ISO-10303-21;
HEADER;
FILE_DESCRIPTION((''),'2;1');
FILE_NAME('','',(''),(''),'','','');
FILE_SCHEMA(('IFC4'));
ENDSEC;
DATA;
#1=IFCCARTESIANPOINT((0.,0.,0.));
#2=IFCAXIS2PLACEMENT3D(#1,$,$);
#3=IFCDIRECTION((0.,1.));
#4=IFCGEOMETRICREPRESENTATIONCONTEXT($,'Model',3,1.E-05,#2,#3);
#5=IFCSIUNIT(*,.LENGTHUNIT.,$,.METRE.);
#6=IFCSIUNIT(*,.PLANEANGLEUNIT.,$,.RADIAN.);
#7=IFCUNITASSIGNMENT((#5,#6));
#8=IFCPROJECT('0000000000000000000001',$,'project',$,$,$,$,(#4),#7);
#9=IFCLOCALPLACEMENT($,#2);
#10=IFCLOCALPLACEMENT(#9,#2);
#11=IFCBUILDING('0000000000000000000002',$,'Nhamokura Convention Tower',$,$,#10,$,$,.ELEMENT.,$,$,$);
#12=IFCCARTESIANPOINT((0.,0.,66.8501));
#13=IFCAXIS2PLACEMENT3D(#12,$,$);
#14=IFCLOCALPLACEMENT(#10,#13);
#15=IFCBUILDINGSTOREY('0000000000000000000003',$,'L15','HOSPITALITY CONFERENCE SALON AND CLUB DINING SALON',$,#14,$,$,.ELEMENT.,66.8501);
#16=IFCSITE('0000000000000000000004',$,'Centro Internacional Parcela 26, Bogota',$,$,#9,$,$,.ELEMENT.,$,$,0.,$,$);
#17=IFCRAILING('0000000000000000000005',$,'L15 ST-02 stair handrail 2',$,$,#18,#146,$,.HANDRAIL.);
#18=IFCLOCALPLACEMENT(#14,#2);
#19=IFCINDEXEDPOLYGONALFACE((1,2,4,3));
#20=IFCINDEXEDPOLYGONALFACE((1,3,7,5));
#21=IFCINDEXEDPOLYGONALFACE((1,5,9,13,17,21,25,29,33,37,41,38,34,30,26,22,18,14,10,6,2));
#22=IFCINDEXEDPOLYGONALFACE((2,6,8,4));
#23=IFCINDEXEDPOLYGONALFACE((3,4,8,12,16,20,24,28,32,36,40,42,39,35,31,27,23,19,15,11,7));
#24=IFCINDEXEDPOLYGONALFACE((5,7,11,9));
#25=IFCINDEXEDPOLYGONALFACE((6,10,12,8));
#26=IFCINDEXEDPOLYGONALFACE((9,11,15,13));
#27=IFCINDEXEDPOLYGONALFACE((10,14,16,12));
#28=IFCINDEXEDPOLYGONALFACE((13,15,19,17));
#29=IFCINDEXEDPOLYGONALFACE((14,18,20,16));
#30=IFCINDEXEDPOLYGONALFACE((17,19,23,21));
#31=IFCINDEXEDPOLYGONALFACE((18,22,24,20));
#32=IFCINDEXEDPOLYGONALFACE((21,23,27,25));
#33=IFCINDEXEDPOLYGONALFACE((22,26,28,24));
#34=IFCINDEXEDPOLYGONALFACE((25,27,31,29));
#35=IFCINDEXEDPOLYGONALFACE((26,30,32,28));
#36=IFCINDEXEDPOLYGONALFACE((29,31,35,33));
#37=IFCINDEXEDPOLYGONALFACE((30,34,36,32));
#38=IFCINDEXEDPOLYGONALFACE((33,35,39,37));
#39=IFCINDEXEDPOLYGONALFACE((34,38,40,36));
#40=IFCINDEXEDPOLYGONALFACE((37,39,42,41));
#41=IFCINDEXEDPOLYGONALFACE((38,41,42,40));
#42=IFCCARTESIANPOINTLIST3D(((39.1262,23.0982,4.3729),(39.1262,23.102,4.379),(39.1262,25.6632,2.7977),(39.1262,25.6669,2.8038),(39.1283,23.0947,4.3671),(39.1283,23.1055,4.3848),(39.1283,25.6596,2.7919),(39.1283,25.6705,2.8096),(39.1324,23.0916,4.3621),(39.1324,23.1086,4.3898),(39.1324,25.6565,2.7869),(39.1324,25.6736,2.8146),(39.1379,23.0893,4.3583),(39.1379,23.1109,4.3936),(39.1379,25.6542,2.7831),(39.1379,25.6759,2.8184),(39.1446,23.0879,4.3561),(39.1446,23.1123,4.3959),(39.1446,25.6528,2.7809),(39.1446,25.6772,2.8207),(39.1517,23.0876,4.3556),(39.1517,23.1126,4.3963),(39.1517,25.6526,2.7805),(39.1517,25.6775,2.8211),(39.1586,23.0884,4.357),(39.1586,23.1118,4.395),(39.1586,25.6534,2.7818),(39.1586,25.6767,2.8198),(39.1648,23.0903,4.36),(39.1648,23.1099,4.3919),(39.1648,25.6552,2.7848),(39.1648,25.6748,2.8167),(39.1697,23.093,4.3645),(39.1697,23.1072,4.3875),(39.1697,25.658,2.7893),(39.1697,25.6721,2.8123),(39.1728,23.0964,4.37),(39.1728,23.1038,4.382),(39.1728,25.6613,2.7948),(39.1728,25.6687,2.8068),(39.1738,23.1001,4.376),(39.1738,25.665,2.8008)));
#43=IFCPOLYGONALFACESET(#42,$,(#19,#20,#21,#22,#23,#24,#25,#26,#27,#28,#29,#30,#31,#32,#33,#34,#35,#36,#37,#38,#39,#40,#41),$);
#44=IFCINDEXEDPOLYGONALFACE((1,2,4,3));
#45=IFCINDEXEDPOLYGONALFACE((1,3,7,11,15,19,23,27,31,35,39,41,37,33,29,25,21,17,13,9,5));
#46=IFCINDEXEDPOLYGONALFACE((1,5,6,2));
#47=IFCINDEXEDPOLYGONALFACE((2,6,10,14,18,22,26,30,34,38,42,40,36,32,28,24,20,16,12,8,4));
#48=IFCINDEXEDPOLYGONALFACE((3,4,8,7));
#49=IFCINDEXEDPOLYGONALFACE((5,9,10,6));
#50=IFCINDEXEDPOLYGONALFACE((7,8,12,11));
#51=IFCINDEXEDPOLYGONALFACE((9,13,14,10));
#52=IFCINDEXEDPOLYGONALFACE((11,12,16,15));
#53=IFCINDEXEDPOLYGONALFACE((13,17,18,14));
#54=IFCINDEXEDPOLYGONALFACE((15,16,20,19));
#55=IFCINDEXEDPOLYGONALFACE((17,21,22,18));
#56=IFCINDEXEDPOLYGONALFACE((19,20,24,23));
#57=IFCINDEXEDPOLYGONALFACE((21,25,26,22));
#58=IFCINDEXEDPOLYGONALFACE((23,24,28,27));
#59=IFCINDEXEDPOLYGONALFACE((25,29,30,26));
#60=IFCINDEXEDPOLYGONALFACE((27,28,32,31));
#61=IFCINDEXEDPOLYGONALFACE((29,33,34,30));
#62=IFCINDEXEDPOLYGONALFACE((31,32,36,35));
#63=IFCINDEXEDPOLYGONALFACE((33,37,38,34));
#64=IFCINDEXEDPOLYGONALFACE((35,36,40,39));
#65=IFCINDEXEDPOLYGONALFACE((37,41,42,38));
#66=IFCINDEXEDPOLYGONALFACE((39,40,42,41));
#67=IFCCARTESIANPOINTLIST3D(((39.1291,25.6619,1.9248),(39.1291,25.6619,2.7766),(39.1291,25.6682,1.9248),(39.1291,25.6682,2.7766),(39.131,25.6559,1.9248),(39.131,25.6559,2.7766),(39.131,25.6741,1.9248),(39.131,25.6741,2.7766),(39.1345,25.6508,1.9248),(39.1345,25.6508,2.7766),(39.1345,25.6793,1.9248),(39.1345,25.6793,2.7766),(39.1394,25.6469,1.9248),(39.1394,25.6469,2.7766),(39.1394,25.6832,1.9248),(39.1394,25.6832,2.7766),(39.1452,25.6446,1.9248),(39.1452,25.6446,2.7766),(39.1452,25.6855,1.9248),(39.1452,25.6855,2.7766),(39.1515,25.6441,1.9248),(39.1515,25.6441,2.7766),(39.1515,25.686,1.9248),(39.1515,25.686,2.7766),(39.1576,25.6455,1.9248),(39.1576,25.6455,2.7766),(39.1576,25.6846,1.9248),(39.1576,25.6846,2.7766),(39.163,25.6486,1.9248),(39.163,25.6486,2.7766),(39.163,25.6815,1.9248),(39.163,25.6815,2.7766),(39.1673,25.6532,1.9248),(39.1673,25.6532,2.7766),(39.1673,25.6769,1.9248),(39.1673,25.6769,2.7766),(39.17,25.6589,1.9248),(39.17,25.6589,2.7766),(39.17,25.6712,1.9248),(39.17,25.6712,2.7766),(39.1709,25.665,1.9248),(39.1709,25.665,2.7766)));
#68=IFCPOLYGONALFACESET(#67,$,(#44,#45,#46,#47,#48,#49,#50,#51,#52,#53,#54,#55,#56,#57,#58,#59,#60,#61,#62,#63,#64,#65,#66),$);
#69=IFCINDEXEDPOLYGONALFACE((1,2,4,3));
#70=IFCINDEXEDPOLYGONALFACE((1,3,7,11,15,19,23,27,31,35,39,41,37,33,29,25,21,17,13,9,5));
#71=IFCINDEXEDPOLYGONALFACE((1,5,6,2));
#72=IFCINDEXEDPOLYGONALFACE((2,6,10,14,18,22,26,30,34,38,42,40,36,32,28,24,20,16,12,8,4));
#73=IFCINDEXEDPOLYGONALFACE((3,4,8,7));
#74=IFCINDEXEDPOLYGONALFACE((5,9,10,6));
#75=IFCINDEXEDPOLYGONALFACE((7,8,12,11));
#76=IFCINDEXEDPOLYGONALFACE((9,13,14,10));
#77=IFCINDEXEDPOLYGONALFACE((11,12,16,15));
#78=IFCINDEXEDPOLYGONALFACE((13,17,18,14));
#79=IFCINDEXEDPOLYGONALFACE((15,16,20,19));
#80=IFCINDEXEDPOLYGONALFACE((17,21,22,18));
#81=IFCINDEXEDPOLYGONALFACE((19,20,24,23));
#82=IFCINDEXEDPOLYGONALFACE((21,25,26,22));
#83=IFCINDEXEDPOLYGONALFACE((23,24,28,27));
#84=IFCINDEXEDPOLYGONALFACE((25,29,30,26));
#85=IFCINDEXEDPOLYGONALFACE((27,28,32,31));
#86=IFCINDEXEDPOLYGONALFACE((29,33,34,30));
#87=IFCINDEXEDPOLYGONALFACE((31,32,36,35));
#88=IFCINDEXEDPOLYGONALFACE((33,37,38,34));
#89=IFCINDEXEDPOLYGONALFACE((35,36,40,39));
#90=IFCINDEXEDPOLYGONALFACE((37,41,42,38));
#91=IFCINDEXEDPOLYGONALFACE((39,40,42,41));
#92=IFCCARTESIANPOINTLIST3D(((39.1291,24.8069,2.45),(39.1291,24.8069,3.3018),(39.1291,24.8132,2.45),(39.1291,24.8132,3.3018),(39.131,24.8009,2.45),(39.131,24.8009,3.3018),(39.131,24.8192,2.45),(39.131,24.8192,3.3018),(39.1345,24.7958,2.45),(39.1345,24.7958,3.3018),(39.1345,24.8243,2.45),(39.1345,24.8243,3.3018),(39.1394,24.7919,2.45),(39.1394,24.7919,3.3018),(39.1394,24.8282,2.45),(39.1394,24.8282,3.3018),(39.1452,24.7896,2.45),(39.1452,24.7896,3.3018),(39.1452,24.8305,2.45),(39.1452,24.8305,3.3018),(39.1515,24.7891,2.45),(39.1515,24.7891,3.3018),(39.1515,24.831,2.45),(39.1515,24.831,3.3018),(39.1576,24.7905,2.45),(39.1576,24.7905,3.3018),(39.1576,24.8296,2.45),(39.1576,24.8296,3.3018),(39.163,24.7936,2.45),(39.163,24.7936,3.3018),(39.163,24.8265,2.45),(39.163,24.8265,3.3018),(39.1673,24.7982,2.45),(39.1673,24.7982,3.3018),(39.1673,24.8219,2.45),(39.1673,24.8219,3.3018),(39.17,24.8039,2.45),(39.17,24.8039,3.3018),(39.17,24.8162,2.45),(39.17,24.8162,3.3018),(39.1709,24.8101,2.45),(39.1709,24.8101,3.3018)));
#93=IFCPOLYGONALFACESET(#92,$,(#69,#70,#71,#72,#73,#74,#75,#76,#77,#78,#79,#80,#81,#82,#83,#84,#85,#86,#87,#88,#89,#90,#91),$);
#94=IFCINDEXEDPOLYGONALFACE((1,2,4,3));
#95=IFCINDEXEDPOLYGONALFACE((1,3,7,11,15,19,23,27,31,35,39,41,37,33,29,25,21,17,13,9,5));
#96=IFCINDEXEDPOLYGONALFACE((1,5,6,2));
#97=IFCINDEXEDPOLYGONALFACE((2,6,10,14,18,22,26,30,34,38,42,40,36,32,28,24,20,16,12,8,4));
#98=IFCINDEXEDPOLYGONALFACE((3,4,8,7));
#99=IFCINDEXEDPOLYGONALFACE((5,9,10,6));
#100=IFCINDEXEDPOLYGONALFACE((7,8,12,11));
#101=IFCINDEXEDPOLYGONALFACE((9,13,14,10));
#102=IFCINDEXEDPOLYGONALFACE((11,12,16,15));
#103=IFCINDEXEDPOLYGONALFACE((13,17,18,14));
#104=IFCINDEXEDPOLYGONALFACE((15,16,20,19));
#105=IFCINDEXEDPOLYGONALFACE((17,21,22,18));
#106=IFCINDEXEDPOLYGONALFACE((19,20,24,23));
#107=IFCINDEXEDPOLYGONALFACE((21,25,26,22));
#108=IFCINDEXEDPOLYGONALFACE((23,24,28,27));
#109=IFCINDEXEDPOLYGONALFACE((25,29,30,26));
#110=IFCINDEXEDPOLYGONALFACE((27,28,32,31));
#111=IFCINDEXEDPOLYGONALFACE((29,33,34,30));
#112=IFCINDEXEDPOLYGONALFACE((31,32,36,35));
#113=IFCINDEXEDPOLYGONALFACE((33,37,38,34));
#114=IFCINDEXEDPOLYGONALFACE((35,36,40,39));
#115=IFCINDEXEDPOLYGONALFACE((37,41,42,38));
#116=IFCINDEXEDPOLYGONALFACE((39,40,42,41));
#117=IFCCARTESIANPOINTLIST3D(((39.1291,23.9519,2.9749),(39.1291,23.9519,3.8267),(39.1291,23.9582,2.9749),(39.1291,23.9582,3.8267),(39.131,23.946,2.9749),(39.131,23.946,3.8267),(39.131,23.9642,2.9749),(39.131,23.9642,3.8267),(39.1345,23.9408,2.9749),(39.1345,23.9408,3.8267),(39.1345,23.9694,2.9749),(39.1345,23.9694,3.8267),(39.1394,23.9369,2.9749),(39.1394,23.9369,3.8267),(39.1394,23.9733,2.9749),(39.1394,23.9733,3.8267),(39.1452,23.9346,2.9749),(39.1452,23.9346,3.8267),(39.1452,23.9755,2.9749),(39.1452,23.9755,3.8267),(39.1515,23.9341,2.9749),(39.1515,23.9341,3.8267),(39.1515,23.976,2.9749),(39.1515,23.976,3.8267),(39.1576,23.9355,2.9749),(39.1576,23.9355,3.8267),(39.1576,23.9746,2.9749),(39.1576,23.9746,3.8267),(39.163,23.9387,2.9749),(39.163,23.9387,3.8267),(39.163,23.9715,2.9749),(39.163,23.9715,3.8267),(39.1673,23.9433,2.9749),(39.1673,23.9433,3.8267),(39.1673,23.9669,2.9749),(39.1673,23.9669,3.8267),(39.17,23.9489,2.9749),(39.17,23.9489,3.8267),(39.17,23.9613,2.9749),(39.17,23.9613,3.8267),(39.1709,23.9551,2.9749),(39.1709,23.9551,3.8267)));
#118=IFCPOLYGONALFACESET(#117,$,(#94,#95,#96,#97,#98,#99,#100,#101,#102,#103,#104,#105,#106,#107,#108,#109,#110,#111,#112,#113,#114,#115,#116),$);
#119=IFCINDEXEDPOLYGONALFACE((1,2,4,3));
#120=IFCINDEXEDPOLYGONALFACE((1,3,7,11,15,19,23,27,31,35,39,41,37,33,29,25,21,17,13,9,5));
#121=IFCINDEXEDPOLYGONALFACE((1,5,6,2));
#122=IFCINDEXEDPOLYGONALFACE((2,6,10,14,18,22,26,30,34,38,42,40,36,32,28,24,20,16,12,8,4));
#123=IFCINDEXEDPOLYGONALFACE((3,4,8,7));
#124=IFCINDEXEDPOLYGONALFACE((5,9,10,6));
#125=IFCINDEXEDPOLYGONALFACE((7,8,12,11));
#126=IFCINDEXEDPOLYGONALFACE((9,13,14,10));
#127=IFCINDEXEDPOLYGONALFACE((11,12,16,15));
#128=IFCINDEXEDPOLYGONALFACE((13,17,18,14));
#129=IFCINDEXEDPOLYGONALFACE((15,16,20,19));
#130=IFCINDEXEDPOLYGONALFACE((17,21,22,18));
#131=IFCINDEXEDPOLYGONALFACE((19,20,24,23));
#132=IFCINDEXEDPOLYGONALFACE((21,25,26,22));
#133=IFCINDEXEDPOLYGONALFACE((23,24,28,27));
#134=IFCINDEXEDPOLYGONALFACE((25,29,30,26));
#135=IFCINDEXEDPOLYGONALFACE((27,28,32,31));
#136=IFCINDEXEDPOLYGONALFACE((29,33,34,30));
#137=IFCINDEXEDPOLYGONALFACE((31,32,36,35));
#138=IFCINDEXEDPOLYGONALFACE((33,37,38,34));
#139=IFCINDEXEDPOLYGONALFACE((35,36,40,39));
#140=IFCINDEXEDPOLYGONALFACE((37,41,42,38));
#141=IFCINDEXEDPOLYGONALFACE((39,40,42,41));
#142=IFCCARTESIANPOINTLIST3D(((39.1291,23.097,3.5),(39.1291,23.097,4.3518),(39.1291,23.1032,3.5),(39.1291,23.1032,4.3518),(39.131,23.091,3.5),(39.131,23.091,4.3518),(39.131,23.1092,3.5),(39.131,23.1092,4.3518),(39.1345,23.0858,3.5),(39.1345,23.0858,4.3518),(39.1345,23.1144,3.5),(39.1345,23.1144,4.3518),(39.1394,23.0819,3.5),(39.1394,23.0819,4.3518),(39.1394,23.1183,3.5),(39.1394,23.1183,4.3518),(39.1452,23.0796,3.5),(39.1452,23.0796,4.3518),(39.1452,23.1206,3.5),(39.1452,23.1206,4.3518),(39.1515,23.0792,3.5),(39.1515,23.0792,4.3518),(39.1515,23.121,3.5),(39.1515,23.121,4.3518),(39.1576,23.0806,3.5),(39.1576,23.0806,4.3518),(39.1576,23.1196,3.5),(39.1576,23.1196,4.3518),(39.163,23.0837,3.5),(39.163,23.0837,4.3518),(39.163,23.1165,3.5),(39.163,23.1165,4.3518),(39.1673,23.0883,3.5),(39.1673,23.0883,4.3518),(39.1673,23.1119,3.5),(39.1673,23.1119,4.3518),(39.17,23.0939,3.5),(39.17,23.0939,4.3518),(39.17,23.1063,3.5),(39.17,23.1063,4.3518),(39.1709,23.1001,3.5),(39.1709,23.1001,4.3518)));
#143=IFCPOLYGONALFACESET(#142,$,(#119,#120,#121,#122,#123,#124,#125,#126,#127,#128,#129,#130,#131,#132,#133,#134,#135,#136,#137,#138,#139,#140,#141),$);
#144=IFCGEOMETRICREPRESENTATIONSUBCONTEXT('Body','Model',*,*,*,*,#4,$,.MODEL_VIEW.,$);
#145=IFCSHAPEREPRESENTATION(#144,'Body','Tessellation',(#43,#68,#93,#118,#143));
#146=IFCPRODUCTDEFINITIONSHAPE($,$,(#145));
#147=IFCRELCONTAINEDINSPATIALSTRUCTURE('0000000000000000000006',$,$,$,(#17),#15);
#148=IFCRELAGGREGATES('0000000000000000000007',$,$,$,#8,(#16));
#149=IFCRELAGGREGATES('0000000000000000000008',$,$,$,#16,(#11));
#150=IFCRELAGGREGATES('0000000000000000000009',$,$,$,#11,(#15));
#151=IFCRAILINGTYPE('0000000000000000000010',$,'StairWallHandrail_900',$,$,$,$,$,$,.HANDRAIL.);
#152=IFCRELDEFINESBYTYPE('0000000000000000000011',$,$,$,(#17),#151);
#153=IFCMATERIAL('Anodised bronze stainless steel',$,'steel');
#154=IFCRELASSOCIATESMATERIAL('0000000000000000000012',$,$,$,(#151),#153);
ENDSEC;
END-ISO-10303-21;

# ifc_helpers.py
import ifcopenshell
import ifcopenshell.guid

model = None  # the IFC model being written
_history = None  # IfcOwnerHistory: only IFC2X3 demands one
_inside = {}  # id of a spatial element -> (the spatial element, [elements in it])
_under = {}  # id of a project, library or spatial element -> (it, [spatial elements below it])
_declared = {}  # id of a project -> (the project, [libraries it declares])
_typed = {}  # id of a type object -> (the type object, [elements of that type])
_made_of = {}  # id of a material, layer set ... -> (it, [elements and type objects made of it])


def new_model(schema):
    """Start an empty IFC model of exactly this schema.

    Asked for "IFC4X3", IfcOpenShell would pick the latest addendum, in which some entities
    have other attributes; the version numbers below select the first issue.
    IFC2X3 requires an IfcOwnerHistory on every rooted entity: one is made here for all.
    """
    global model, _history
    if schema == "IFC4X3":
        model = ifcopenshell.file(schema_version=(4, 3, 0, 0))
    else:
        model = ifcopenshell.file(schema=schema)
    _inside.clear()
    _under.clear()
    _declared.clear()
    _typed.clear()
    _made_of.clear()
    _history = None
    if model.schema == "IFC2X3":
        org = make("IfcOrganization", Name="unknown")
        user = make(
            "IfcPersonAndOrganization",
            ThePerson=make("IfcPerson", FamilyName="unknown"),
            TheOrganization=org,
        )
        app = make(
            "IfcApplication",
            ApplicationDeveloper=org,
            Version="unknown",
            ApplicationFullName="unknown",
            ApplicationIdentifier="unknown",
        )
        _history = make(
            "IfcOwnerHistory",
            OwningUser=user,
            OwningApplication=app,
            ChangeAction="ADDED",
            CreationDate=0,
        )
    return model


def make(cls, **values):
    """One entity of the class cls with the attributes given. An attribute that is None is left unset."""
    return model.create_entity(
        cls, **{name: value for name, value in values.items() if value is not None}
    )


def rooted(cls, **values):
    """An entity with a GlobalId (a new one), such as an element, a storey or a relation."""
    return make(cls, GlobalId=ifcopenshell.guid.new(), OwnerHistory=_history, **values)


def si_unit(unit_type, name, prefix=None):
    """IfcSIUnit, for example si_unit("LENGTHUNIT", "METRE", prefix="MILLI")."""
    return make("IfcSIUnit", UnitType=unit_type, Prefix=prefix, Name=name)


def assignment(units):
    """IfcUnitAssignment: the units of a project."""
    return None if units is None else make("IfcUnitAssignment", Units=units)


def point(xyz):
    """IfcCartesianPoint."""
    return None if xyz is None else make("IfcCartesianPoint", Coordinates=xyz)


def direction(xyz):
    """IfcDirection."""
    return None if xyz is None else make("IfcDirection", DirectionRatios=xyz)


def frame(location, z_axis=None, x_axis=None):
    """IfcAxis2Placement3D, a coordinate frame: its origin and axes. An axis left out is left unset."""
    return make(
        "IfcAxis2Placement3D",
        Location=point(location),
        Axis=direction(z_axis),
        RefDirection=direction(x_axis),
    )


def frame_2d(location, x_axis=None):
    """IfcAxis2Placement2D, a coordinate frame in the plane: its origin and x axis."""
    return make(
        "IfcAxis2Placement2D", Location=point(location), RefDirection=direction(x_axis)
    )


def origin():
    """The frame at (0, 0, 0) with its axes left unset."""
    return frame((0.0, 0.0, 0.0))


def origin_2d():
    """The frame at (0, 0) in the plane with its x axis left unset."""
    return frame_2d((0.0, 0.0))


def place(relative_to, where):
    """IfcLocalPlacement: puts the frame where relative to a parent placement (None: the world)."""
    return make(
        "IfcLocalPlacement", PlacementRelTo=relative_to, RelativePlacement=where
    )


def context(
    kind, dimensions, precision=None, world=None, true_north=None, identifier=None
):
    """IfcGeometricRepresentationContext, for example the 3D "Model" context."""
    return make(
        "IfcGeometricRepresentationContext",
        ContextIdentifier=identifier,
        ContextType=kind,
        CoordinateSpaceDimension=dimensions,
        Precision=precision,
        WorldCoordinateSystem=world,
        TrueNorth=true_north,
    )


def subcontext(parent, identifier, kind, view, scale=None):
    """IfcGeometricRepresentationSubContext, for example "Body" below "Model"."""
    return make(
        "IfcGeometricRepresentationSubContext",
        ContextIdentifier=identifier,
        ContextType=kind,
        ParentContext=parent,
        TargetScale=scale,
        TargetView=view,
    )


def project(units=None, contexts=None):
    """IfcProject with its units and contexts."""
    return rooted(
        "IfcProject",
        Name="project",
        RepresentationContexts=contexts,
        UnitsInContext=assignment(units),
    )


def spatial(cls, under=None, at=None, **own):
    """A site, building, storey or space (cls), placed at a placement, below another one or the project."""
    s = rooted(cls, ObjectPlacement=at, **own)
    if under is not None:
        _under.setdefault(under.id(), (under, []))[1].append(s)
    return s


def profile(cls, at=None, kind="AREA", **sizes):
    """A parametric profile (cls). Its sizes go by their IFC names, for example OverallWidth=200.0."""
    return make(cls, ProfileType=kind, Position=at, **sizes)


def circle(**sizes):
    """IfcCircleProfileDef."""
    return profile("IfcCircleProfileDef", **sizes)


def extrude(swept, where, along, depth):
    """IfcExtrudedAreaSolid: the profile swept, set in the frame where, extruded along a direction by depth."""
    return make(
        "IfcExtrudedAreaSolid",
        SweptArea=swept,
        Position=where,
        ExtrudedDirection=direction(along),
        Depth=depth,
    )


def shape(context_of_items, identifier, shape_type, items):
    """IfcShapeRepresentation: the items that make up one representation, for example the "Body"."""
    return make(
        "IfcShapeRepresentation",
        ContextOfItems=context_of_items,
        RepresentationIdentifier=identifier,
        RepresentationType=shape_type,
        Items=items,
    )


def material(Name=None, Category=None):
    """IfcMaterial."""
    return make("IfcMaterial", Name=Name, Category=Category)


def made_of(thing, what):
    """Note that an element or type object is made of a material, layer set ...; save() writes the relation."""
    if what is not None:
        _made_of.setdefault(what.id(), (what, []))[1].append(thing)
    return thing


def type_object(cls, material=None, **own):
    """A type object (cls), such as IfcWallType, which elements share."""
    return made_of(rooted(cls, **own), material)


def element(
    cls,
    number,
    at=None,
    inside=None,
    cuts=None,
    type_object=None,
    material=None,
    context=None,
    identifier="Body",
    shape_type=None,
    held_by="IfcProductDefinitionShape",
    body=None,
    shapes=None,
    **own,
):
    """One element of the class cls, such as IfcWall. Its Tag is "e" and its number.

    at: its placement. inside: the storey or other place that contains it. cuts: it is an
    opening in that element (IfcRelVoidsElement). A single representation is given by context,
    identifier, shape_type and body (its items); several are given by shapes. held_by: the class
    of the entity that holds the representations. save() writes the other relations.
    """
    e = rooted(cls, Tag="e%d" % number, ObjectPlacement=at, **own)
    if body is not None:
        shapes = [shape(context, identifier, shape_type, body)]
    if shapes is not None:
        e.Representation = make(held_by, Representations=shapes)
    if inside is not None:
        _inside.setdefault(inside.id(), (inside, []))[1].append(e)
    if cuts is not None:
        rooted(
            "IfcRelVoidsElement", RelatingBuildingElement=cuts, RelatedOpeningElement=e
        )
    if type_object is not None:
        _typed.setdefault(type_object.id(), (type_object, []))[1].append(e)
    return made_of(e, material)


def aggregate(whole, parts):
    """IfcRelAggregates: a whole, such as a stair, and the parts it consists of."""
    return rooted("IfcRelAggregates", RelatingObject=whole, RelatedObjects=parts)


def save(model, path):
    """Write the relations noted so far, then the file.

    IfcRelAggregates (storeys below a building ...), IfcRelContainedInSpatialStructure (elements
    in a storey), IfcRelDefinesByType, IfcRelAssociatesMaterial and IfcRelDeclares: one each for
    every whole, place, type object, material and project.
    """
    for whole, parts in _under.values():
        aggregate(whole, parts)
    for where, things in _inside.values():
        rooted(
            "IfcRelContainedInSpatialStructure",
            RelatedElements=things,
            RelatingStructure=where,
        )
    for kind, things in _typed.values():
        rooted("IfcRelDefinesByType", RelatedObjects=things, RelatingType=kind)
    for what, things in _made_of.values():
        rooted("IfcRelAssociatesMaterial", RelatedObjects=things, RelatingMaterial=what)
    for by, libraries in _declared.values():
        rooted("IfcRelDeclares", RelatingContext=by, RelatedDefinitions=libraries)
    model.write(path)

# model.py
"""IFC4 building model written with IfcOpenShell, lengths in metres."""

from ifc_helpers import new_model, si_unit, direction, frame, origin, origin_2d, place, context, subcontext, project, spatial, circle, extrude, material, type_object, element, save


model = new_model("IFC4")

# Units and contexts
model_context = context("Model", 3, precision=1e-05, world=origin(), true_north=direction((0.0, 1.0)))
body_context = subcontext(model_context, "Body", "Model", "MODEL_VIEW")
ifc_project = project(units=[si_unit("LENGTHUNIT", "METRE"), si_unit("PLANEANGLEUNIT", "RADIAN")], contexts=[model_context])

# Site, building, storey
site_placement = place(None, origin())
site = spatial("IfcSite", under=ifc_project, at=site_placement, Name="Centro Internacional Parcela 26, Bogota", CompositionType="ELEMENT", RefElevation=0.0)
building_placement = place(site_placement, origin())
building = spatial("IfcBuilding", under=site, at=building_placement, Name="Nhamokura Convention Tower", CompositionType="ELEMENT")
storey_placement = place(building_placement, frame((0.0, 0.0, 66.8501)))
storey = spatial("IfcBuildingStorey", under=building, at=storey_placement, Name="L15", Description="HOSPITALITY CONFERENCE SALON AND CLUB DINING SALON", CompositionType="ELEMENT", Elevation=66.8501)

# Railing
ifc_material_1 = material(Name="Anodised bronze stainless steel", Category="steel")
railing_type_1 = type_object("IfcRailingType", Name="StairWallHandrail_900", PredefinedType="HANDRAIL", material=ifc_material_1)
railing_1_placement = place(storey_placement, frame((39.1499, 25.665, 1.9248)))
element("IfcRailing", 1, at=railing_1_placement, inside=storey, type_object=railing_type_1, Name="L15 ST-02 stair handrail 2", PredefinedType="HANDRAIL", context=body_context, shape_type="SweptSolid", body=[
    extrude(circle(Radius=0.0239, at=origin_2d()), frame((0.0, 0.0, 0.876), z_axis=(0.0, -0.852137, 0.523319), x_axis=(1.0, 0.0, 0.0)), (0.0, 0.0, 1.0), 3.01),
    extrude(circle(Radius=0.021, at=origin_2d()), origin(), (0.0, 0.0, 1.0), 0.8518),
    extrude(circle(Radius=0.021, at=origin_2d()), frame((0.0, -0.855, 0.5251)), (0.0, 0.0, 1.0), 0.8518),
    extrude(circle(Radius=0.021, at=origin_2d()), frame((0.0, -1.71, 1.05)), (0.0, 0.0, 1.0), 0.8518),
    extrude(circle(Radius=0.021, at=origin_2d()), frame((0.0, -2.5649, 1.5752)), (0.0, 0.0, 1.0), 0.8518),
])

save(model, "model.ifc")
